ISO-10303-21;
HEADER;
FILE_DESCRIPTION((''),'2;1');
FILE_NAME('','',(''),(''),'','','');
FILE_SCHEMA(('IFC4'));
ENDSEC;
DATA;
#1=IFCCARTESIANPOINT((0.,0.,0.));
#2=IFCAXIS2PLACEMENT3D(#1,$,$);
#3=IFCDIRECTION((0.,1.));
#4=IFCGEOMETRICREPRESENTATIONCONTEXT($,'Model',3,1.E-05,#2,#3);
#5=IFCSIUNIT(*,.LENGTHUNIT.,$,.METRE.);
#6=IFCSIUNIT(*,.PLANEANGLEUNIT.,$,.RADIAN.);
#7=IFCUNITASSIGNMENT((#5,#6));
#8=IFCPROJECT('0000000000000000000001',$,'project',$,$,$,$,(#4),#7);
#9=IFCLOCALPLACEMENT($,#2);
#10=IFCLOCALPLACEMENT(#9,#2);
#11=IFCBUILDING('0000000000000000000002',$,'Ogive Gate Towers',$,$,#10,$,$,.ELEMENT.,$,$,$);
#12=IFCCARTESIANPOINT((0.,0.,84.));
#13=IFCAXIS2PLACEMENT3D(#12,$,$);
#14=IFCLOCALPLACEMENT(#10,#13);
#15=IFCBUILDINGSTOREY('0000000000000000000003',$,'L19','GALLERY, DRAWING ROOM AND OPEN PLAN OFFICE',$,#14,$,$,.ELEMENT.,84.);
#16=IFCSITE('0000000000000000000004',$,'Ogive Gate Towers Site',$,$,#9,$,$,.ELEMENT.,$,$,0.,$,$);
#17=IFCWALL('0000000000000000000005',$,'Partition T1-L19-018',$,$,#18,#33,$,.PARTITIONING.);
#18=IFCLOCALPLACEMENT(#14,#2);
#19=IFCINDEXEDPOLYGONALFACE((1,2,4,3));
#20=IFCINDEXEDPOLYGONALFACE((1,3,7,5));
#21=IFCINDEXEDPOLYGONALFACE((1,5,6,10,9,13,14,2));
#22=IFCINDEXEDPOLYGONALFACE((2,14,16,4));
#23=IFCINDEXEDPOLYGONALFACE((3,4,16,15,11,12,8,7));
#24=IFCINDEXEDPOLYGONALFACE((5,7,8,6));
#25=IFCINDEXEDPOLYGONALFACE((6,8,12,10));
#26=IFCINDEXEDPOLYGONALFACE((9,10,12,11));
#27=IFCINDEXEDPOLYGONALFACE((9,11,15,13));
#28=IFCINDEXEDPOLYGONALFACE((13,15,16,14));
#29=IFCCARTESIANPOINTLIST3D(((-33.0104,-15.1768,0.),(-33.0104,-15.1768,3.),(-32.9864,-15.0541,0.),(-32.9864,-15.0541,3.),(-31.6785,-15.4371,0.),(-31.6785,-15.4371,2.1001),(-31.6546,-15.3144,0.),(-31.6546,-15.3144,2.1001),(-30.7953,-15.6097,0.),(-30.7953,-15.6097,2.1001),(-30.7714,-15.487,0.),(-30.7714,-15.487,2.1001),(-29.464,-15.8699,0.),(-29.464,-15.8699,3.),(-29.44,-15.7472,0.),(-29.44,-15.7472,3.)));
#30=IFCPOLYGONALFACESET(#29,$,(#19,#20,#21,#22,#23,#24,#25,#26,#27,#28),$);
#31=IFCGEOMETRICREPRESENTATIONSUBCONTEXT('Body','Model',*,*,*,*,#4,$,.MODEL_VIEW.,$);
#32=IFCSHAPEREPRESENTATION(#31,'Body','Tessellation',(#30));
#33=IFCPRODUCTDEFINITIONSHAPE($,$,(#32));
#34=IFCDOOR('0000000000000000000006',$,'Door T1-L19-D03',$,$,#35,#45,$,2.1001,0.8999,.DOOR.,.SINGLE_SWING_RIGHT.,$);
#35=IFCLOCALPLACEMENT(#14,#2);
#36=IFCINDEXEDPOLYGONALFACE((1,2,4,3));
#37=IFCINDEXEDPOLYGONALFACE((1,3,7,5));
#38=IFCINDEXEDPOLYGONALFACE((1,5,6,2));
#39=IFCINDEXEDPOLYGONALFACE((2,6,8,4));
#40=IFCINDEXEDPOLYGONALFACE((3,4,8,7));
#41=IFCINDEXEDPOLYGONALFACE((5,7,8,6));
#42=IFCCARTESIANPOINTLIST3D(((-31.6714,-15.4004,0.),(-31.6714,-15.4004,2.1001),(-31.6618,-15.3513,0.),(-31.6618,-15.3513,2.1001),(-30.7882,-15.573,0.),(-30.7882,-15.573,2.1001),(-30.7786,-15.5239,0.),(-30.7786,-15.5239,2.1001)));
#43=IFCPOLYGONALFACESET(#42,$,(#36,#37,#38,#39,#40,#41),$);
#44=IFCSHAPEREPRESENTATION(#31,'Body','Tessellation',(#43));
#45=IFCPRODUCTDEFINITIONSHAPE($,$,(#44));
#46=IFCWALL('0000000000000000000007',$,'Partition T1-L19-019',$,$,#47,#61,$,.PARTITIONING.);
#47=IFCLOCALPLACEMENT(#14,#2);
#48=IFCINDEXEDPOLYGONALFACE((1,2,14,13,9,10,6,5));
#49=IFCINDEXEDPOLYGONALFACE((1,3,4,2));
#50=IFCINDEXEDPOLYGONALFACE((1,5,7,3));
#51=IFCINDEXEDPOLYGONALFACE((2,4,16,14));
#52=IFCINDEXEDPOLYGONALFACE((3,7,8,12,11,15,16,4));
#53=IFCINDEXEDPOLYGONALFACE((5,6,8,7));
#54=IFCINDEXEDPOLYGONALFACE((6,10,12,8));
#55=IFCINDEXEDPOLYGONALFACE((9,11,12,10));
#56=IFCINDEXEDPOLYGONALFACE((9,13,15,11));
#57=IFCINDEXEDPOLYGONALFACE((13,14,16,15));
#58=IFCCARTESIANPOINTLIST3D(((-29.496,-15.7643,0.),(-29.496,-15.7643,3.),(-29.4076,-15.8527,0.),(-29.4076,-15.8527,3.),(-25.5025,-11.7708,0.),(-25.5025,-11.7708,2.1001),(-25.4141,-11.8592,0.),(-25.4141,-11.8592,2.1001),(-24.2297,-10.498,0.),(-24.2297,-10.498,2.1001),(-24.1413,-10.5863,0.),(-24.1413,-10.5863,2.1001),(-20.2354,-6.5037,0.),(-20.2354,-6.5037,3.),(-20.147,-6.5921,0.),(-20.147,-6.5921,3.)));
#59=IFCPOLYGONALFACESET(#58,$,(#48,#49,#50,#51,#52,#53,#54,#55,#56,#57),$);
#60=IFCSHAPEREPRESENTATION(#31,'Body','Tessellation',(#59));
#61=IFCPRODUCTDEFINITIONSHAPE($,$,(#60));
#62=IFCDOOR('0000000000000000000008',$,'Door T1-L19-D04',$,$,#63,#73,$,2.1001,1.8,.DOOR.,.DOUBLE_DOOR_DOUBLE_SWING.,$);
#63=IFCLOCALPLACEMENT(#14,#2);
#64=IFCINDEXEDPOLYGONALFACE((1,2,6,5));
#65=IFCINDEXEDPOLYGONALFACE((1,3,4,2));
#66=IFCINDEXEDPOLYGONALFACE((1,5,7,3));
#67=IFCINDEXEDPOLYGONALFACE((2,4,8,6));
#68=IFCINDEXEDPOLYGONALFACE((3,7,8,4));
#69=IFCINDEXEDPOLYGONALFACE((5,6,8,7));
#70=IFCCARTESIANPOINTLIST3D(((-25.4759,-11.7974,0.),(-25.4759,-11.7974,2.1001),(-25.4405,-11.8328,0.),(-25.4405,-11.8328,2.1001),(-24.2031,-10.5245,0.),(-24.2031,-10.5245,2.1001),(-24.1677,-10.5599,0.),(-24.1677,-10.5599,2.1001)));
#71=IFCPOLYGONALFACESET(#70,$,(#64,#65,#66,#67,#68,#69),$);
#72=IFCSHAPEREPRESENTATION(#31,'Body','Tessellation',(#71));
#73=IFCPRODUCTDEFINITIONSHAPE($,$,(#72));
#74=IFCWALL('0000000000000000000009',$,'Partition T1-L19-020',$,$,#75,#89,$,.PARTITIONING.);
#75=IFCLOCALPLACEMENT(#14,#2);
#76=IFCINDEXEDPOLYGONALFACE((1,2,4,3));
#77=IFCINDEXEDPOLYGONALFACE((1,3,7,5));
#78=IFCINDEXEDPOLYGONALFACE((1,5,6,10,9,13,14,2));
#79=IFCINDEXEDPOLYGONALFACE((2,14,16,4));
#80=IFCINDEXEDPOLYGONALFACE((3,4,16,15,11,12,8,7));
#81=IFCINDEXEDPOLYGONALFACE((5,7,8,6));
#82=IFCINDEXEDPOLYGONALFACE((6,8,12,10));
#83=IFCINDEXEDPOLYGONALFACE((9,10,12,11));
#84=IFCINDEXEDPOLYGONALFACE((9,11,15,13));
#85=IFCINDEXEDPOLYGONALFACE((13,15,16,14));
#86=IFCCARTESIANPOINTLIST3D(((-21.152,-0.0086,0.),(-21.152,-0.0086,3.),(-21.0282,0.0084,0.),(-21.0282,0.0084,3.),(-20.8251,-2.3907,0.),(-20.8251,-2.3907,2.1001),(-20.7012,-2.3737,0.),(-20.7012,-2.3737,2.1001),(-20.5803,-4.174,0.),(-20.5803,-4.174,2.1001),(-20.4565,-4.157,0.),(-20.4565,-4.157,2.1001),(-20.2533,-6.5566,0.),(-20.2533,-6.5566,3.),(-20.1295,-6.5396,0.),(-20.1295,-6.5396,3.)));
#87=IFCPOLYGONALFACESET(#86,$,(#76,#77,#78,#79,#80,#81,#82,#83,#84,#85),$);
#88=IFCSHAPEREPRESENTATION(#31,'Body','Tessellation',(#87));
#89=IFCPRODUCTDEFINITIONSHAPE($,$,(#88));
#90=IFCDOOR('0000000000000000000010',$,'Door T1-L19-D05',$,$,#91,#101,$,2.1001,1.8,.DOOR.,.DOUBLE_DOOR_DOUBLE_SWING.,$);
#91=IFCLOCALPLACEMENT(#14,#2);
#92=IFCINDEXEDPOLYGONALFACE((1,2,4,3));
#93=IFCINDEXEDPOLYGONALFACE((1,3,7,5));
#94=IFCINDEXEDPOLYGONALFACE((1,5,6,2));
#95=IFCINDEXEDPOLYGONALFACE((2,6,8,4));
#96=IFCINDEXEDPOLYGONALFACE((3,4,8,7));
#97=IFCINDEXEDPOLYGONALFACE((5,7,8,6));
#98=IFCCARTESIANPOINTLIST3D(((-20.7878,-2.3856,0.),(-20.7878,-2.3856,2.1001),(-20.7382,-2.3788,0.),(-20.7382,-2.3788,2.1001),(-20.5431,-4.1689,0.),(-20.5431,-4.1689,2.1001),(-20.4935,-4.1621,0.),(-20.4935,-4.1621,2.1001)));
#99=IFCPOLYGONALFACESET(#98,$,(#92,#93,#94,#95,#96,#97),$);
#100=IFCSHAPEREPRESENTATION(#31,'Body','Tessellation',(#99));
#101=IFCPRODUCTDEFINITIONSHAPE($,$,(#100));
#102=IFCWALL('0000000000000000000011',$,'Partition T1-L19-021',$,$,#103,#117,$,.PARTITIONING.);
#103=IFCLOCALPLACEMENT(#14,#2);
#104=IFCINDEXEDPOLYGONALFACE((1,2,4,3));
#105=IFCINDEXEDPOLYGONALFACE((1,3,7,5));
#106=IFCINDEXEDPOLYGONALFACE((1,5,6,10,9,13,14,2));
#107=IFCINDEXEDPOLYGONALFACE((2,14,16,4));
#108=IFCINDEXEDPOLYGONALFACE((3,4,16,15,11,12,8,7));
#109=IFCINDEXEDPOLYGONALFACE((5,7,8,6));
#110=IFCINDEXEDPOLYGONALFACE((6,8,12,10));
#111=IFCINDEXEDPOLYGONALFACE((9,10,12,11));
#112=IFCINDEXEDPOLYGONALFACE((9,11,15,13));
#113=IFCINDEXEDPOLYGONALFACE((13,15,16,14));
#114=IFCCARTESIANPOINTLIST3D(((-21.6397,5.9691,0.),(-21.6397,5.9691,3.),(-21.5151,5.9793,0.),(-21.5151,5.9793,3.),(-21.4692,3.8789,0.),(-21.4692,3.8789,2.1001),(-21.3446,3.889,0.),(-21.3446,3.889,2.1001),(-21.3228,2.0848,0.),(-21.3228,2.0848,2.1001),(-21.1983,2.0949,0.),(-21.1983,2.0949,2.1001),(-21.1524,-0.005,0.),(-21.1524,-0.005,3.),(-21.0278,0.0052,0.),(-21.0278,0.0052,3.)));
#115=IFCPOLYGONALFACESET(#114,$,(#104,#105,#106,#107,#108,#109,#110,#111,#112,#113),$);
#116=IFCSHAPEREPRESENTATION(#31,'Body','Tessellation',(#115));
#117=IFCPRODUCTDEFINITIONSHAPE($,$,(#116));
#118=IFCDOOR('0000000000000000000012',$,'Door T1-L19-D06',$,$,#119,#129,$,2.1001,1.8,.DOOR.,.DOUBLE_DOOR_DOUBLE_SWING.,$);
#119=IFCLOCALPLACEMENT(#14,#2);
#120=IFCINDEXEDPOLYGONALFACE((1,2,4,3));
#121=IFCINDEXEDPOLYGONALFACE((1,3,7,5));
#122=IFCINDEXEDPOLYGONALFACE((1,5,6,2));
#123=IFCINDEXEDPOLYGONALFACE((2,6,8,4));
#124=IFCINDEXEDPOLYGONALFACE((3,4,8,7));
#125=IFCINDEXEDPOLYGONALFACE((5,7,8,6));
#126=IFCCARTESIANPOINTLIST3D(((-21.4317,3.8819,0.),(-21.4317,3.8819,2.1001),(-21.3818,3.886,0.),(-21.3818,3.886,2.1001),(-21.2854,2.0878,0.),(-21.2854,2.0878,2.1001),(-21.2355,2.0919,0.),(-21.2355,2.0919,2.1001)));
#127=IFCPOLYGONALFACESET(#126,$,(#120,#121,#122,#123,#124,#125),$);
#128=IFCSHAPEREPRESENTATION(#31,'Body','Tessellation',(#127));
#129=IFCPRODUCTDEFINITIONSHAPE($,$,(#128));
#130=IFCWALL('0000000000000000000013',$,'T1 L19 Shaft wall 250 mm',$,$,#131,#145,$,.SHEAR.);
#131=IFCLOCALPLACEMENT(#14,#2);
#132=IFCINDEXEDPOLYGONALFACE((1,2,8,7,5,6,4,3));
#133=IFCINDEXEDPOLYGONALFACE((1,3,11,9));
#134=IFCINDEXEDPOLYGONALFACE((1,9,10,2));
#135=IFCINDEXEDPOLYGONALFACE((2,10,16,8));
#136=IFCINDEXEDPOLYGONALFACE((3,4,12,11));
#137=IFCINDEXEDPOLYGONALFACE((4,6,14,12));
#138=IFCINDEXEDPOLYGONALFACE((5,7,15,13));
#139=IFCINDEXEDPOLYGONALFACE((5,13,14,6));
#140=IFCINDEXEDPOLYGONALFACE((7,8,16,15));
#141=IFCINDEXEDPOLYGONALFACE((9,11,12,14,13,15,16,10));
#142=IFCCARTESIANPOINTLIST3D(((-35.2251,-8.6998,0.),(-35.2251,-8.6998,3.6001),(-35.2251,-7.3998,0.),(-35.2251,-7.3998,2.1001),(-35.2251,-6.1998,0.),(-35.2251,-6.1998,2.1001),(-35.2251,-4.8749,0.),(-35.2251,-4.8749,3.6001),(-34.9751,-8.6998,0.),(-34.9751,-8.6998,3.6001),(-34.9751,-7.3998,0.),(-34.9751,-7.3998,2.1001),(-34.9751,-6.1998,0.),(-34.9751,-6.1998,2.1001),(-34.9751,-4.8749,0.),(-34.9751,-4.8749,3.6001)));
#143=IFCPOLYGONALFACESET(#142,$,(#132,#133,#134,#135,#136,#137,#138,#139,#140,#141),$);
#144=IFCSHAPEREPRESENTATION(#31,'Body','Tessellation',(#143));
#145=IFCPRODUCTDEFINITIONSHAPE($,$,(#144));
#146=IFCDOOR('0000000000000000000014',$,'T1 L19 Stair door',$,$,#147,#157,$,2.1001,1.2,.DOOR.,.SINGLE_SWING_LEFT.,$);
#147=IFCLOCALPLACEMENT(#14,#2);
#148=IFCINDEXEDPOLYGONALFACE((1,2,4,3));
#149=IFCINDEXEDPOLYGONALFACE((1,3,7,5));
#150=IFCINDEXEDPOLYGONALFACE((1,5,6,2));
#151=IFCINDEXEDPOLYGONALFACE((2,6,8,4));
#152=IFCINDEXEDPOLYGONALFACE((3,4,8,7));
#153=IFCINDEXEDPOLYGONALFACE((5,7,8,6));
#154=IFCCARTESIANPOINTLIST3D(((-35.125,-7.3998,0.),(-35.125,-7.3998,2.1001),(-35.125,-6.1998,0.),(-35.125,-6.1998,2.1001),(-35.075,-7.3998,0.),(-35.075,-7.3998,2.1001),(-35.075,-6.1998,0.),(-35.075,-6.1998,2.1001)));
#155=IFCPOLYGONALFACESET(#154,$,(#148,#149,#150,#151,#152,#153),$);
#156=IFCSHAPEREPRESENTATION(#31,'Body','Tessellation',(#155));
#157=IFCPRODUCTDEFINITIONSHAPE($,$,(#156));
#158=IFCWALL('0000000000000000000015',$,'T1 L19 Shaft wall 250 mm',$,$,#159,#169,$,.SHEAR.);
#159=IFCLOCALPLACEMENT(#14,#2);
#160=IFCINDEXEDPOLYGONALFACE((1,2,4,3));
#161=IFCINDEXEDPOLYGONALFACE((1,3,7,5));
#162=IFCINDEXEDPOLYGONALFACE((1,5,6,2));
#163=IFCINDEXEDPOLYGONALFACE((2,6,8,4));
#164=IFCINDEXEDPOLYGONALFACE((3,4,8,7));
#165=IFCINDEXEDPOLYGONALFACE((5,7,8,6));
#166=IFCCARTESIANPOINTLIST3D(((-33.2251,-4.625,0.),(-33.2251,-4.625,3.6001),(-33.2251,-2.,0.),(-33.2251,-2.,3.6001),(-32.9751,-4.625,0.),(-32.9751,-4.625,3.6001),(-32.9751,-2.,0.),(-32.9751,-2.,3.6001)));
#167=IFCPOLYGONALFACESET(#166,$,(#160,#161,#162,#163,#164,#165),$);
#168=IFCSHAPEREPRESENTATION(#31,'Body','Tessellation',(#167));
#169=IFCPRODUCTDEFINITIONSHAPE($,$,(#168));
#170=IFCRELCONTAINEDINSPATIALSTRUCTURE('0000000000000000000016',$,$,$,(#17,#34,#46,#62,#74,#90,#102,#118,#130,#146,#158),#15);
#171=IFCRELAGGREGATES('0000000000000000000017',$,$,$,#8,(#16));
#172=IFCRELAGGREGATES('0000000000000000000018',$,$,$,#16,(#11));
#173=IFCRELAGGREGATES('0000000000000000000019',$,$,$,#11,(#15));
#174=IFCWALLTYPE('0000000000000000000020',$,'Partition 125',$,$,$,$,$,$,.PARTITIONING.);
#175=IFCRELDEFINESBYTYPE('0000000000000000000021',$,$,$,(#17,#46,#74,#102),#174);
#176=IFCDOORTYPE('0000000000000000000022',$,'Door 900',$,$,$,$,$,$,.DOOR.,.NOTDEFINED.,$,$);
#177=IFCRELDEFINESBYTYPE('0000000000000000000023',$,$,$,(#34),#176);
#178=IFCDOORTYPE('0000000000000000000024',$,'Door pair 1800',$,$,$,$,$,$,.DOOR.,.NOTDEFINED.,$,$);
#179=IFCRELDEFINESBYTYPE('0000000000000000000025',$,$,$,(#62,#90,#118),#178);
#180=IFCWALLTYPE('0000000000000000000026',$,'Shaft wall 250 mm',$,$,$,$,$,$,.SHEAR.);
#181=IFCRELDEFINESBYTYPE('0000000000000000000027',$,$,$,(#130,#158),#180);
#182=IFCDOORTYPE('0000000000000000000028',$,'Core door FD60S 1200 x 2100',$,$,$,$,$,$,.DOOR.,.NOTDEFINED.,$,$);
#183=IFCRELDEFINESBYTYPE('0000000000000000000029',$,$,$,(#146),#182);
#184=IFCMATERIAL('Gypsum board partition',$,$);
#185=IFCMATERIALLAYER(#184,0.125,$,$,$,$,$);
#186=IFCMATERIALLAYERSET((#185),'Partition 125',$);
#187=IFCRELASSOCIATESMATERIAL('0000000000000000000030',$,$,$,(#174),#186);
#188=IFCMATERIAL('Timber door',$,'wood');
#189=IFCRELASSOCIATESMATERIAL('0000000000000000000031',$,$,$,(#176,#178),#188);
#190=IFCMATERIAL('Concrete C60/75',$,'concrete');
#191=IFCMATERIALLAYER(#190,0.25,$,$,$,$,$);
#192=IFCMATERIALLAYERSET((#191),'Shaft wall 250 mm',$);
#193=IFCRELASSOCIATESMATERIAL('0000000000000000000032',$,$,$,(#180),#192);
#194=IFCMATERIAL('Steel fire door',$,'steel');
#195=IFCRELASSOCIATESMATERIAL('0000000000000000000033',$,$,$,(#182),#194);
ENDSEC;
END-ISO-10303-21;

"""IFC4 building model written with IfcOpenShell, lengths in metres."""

from ifc_helpers import new_model, si_unit, direction, frame, frame_2d, origin, place, context, subcontext, project, spatial, rectangle, extrude, material, layer, layer_set, type_object, element, fill, save


model = new_model("IFC4")

# Units and contexts
model_context = context("Model", 3, precision=1e-05, world=origin(), true_north=direction((0.0, 1.0)))
body_context = subcontext(model_context, "Body", "Model", "MODEL_VIEW")
ifc_project = project(units=[si_unit("LENGTHUNIT", "METRE"), si_unit("PLANEANGLEUNIT", "RADIAN")], contexts=[model_context])

# Site, building, storey
site_placement = place(None, origin())
site = spatial("IfcSite", under=ifc_project, at=site_placement, Name="Ogive Gate Towers Site", CompositionType="ELEMENT", RefElevation=0.0)
building_placement = place(site_placement, origin())
building = spatial("IfcBuilding", under=site, at=building_placement, Name="Ogive Gate Towers", CompositionType="ELEMENT")
storey_placement = place(building_placement, frame((0.0, 0.0, 84.0)))
storey = spatial("IfcBuildingStorey", under=building, at=storey_placement, Name="L19", Description="GALLERY, DRAWING ROOM AND OPEN PLAN OFFICE", CompositionType="ELEMENT", Elevation=84.0)

# Shared definitions
ifc_material_1 = material(Name="Concrete C60/75", Category="concrete")
ifc_material_2 = material(Name="Steel fire door", Category="steel")

# Shared definitions
ifc_material_3 = material(Name="Gypsum board partition")
ifc_layer_1 = layer(ifc_material_3, 0.125)
ifc_layer_set_1 = layer_set([ifc_layer_1], Name="Partition 125")
wall_type_1 = type_object("IfcWallType", Name="Partition 125", PredefinedType="PARTITIONING", material=ifc_layer_set_1)

# Walls, openings, doors
ifc_material_4 = material(Name="Timber door", Category="wood")
door_type_1 = type_object("IfcDoorType", Name="Door 900", OperationType="NOTDEFINED", PredefinedType="DOOR", material=ifc_material_4)
wall_1_placement = place(storey_placement, frame((-32.9983, -15.1155, 0.0), z_axis=(0.0, 0.0, 1.0), x_axis=(0.981431, -0.191814, 0.0)))
wall_1 = element("IfcWall", 1, at=wall_1_placement, inside=storey, type_object=wall_type_1, Name="Partition T1-L19-018", PredefinedType="PARTITIONING", context=body_context, shape_type="SweptSolid", body=[
    extrude(rectangle(XDim=3.6135, YDim=0.125, at=frame_2d((1.8066, 0.0))), origin(), (0.0, 0.0, 1.0), 3.0),
])
opening_1_placement = place(wall_1_placement, frame((1.3569, 0.0, 0.0)))
opening_1 = element("IfcOpeningElement", 2, at=opening_1_placement, cuts=wall_1, PredefinedType="OPENING", context=body_context, shape_type="SweptSolid", body=[
    extrude(rectangle(XDim=0.8999, YDim=2.1001, at=frame_2d((0.45, 1.05))), frame((0.0, 0.0725, 0.0), z_axis=(0.0, -1.0, 0.0), x_axis=(1.0, 0.0, 0.0)), (0.0, 0.0, 1.0), 0.145),
])
door_1_placement = place(opening_1_placement, origin())
door_1 = element("IfcDoor", 3, at=door_1_placement, inside=storey, type_object=door_type_1, Name="Door T1-L19-D03", OperationType="SINGLE_SWING_RIGHT", OverallHeight=2.1001, OverallWidth=0.8999, PredefinedType="DOOR", context=body_context, shape_type="SweptSolid", body=[
    extrude(rectangle(XDim=0.8999, YDim=2.1001, at=frame_2d((0.45, 1.05))), frame((0.0, 0.0249, 0.0), z_axis=(0.0, -1.0, 0.0), x_axis=(1.0, 0.0, 0.0)), (0.0, 0.0, 1.0), 0.05),
])
fill(opening_1, door_1)
wall_2_placement = place(storey_placement, frame((-29.4519, -15.8086, 0.0), z_axis=(0.0, 0.0, 1.0), x_axis=(0.707107, 0.707107, 0.0)))
wall_2 = element("IfcWall", 4, at=wall_2_placement, inside=storey, type_object=wall_type_1, Name="Partition T1-L19-019", PredefinedType="PARTITIONING", context=body_context, shape_type="SweptSolid", body=[
    extrude(rectangle(XDim=13.0964, YDim=0.125, at=frame_2d((6.5483, 0.0))), origin(), (0.0, 0.0, 1.0), 3.0),
])
opening_2_placement = place(wall_2_placement, frame((5.6479, 0.0, 0.0)))
opening_2 = element("IfcOpeningElement", 5, at=opening_2_placement, cuts=wall_2, PredefinedType="OPENING", context=body_context, shape_type="SweptSolid", body=[
    extrude(rectangle(XDim=1.8, YDim=2.1001, at=frame_2d((0.8999, 1.05))), frame((0.0, 0.0725, 0.0), z_axis=(0.0, -1.0, 0.0), x_axis=(1.0, 0.0, 0.0)), (0.0, 0.0, 1.0), 0.145),
])
door_type_2 = type_object("IfcDoorType", Name="Door pair 1800", OperationType="NOTDEFINED", PredefinedType="DOOR", material=ifc_material_4)
door_2_placement = place(opening_2_placement, origin())
door_2 = element("IfcDoor", 6, at=door_2_placement, inside=storey, type_object=door_type_2, Name="Door T1-L19-D04", OperationType="DOUBLE_DOOR_DOUBLE_SWING", OverallHeight=2.1001, OverallWidth=1.8, PredefinedType="DOOR", context=body_context, shape_type="SweptSolid", body=[
    extrude(rectangle(XDim=1.8, YDim=2.1001, at=frame_2d((0.8999, 1.05))), frame((0.0, 0.0249, 0.0), z_axis=(0.0, -1.0, 0.0), x_axis=(1.0, 0.0, 0.0)), (0.0, 0.0, 1.0), 0.05),
])
fill(opening_2, door_2)
wall_3_placement = place(storey_placement, frame((-20.1914, -6.5481, 0.0), z_axis=(0.0, 0.0, 1.0), x_axis=(-0.135969, 0.990713, 0.0)))
wall_3 = element("IfcWall", 7, at=wall_3_placement, inside=storey, type_object=wall_type_1, Name="Partition T1-L19-020", PredefinedType="PARTITIONING", context=body_context, shape_type="SweptSolid", body=[
    extrude(rectangle(XDim=6.6094, YDim=0.125, at=frame_2d((3.3047, 0.0))), origin(), (0.0, 0.0, 1.0), 3.0),
])
opening_3_placement = place(wall_3_placement, frame((2.405, 0.0, 0.0)))
opening_3 = element("IfcOpeningElement", 8, at=opening_3_placement, cuts=wall_3, PredefinedType="OPENING", context=body_context, shape_type="SweptSolid", body=[
    extrude(rectangle(XDim=1.8, YDim=2.1001, at=frame_2d((0.8999, 1.05))), frame((0.0, 0.0725, 0.0), z_axis=(0.0, -1.0, 0.0), x_axis=(1.0, 0.0, 0.0)), (0.0, 0.0, 1.0), 0.145),
])
door_3_placement = place(opening_3_placement, origin())
door_3 = element("IfcDoor", 9, at=door_3_placement, inside=storey, type_object=door_type_2, Name="Door T1-L19-D05", OperationType="DOUBLE_DOOR_DOUBLE_SWING", OverallHeight=2.1001, OverallWidth=1.8, PredefinedType="DOOR", context=body_context, shape_type="SweptSolid", body=[
    extrude(rectangle(XDim=1.8, YDim=2.1001, at=frame_2d((0.8999, 1.05))), frame((0.0, 0.0249, 0.0), z_axis=(0.0, -1.0, 0.0), x_axis=(1.0, 0.0, 0.0)), (0.0, 0.0, 1.0), 0.05),
])
fill(opening_3, door_3)
wall_4_placement = place(storey_placement, frame((-21.0901, 0.0, 0.0), z_axis=(0.0, 0.0, 1.0), x_axis=(-0.081299, 0.99669, 0.0)))
wall_4 = element("IfcWall", 10, at=wall_4_placement, inside=storey, type_object=wall_type_1, Name="Partition T1-L19-021", PredefinedType="PARTITIONING", context=body_context, shape_type="SweptSolid", body=[
    extrude(rectangle(XDim=5.9939, YDim=0.125, at=frame_2d((2.9971, 0.0))), origin(), (0.0, 0.0, 1.0), 3.0),
])
opening_4_placement = place(wall_4_placement, frame((2.0969, 0.0, 0.0)))
opening_4 = element("IfcOpeningElement", 11, at=opening_4_placement, cuts=wall_4, PredefinedType="OPENING", context=body_context, shape_type="SweptSolid", body=[
    extrude(rectangle(XDim=1.8, YDim=2.1001, at=frame_2d((0.8999, 1.05))), frame((0.0, 0.0725, 0.0), z_axis=(0.0, -1.0, 0.0), x_axis=(1.0, 0.0, 0.0)), (0.0, 0.0, 1.0), 0.145),
])
door_4_placement = place(opening_4_placement, origin())
door_4 = element("IfcDoor", 12, at=door_4_placement, inside=storey, type_object=door_type_2, Name="Door T1-L19-D06", OperationType="DOUBLE_DOOR_DOUBLE_SWING", OverallHeight=2.1001, OverallWidth=1.8, PredefinedType="DOOR", context=body_context, shape_type="SweptSolid", body=[
    extrude(rectangle(XDim=1.8, YDim=2.1001, at=frame_2d((0.8999, 1.05))), frame((0.0, 0.0249, 0.0), z_axis=(0.0, -1.0, 0.0), x_axis=(1.0, 0.0, 0.0)), (0.0, 0.0, 1.0), 0.05),
])
fill(opening_4, door_4)
ifc_layer_2 = layer(ifc_material_1, 0.25)
ifc_layer_set_2 = layer_set([ifc_layer_2], Name="Shaft wall 250 mm")
wall_type_2 = type_object("IfcWallType", Name="Shaft wall 250 mm", PredefinedType="SHEAR", material=ifc_layer_set_2)
wall_5_placement = place(storey_placement, frame((-35.1001, -8.7, 0.0), z_axis=(0.0, 0.0, 1.0), x_axis=(0.0, 1.0, 0.0)))
wall_5 = element("IfcWall", 13, at=wall_5_placement, inside=storey, type_object=wall_type_2, Name="T1 L19 Shaft wall 250 mm", PredefinedType="SHEAR", context=body_context, shape_type="SweptSolid", body=[
    extrude(rectangle(XDim=3.825, YDim=0.25, at=frame_2d((1.9126, 0.0))), origin(), (0.0, 0.0, 1.0), 3.6001),
])
opening_5_placement = place(wall_5_placement, frame((1.3, 0.0, 0.0)))
opening_5 = element("IfcOpeningElement", 14, at=opening_5_placement, cuts=wall_5, PredefinedType="OPENING", context=body_context, shape_type="SweptSolid", body=[
    extrude(rectangle(XDim=1.2, YDim=2.1001, at=frame_2d((0.6001, 1.05))), frame((0.0, 0.135, 0.0), z_axis=(0.0, -1.0, 0.0), x_axis=(1.0, 0.0, 0.0)), (0.0, 0.0, 1.0), 0.27),
])
door_type_3 = type_object("IfcDoorType", Name="Core door FD60S 1200 x 2100", OperationType="NOTDEFINED", PredefinedType="DOOR", material=ifc_material_2)
door_5_placement = place(opening_5_placement, origin())
door_5 = element("IfcDoor", 15, at=door_5_placement, inside=storey, type_object=door_type_3, Name="T1 L19 Stair door", OperationType="SINGLE_SWING_LEFT", OverallHeight=2.1001, OverallWidth=1.2, PredefinedType="DOOR", context=body_context, shape_type="SweptSolid", body=[
    extrude(rectangle(XDim=1.2, YDim=2.1001, at=frame_2d((0.6001, 1.05))), frame((0.0, 0.0249, 0.0), z_axis=(0.0, -1.0, 0.0), x_axis=(1.0, 0.0, 0.0)), (0.0, 0.0, 1.0), 0.05),
])
fill(opening_5, door_5)

# Wall
for number, where, z_axis, x_axis, name in (
    (16, (-33.1001, -4.625, 0.0), (0.0, 0.0, 1.0), (0.0, 1.0, 0.0), "T1 L19 Shaft wall 250 mm"),
):
    element("IfcWall", number, at=place(storey_placement, frame(where, z_axis=z_axis, x_axis=x_axis)), inside=storey, type_object=wall_type_2, Name=name, PredefinedType="SHEAR", context=body_context, shape_type="SweptSolid", body=[
        extrude(rectangle(XDim=2.625, YDim=0.25, at=frame_2d((1.3125, 0.0))), origin(), (0.0, 0.0, 1.0), 3.6001),
    ])

save(model, "model.ifc")
